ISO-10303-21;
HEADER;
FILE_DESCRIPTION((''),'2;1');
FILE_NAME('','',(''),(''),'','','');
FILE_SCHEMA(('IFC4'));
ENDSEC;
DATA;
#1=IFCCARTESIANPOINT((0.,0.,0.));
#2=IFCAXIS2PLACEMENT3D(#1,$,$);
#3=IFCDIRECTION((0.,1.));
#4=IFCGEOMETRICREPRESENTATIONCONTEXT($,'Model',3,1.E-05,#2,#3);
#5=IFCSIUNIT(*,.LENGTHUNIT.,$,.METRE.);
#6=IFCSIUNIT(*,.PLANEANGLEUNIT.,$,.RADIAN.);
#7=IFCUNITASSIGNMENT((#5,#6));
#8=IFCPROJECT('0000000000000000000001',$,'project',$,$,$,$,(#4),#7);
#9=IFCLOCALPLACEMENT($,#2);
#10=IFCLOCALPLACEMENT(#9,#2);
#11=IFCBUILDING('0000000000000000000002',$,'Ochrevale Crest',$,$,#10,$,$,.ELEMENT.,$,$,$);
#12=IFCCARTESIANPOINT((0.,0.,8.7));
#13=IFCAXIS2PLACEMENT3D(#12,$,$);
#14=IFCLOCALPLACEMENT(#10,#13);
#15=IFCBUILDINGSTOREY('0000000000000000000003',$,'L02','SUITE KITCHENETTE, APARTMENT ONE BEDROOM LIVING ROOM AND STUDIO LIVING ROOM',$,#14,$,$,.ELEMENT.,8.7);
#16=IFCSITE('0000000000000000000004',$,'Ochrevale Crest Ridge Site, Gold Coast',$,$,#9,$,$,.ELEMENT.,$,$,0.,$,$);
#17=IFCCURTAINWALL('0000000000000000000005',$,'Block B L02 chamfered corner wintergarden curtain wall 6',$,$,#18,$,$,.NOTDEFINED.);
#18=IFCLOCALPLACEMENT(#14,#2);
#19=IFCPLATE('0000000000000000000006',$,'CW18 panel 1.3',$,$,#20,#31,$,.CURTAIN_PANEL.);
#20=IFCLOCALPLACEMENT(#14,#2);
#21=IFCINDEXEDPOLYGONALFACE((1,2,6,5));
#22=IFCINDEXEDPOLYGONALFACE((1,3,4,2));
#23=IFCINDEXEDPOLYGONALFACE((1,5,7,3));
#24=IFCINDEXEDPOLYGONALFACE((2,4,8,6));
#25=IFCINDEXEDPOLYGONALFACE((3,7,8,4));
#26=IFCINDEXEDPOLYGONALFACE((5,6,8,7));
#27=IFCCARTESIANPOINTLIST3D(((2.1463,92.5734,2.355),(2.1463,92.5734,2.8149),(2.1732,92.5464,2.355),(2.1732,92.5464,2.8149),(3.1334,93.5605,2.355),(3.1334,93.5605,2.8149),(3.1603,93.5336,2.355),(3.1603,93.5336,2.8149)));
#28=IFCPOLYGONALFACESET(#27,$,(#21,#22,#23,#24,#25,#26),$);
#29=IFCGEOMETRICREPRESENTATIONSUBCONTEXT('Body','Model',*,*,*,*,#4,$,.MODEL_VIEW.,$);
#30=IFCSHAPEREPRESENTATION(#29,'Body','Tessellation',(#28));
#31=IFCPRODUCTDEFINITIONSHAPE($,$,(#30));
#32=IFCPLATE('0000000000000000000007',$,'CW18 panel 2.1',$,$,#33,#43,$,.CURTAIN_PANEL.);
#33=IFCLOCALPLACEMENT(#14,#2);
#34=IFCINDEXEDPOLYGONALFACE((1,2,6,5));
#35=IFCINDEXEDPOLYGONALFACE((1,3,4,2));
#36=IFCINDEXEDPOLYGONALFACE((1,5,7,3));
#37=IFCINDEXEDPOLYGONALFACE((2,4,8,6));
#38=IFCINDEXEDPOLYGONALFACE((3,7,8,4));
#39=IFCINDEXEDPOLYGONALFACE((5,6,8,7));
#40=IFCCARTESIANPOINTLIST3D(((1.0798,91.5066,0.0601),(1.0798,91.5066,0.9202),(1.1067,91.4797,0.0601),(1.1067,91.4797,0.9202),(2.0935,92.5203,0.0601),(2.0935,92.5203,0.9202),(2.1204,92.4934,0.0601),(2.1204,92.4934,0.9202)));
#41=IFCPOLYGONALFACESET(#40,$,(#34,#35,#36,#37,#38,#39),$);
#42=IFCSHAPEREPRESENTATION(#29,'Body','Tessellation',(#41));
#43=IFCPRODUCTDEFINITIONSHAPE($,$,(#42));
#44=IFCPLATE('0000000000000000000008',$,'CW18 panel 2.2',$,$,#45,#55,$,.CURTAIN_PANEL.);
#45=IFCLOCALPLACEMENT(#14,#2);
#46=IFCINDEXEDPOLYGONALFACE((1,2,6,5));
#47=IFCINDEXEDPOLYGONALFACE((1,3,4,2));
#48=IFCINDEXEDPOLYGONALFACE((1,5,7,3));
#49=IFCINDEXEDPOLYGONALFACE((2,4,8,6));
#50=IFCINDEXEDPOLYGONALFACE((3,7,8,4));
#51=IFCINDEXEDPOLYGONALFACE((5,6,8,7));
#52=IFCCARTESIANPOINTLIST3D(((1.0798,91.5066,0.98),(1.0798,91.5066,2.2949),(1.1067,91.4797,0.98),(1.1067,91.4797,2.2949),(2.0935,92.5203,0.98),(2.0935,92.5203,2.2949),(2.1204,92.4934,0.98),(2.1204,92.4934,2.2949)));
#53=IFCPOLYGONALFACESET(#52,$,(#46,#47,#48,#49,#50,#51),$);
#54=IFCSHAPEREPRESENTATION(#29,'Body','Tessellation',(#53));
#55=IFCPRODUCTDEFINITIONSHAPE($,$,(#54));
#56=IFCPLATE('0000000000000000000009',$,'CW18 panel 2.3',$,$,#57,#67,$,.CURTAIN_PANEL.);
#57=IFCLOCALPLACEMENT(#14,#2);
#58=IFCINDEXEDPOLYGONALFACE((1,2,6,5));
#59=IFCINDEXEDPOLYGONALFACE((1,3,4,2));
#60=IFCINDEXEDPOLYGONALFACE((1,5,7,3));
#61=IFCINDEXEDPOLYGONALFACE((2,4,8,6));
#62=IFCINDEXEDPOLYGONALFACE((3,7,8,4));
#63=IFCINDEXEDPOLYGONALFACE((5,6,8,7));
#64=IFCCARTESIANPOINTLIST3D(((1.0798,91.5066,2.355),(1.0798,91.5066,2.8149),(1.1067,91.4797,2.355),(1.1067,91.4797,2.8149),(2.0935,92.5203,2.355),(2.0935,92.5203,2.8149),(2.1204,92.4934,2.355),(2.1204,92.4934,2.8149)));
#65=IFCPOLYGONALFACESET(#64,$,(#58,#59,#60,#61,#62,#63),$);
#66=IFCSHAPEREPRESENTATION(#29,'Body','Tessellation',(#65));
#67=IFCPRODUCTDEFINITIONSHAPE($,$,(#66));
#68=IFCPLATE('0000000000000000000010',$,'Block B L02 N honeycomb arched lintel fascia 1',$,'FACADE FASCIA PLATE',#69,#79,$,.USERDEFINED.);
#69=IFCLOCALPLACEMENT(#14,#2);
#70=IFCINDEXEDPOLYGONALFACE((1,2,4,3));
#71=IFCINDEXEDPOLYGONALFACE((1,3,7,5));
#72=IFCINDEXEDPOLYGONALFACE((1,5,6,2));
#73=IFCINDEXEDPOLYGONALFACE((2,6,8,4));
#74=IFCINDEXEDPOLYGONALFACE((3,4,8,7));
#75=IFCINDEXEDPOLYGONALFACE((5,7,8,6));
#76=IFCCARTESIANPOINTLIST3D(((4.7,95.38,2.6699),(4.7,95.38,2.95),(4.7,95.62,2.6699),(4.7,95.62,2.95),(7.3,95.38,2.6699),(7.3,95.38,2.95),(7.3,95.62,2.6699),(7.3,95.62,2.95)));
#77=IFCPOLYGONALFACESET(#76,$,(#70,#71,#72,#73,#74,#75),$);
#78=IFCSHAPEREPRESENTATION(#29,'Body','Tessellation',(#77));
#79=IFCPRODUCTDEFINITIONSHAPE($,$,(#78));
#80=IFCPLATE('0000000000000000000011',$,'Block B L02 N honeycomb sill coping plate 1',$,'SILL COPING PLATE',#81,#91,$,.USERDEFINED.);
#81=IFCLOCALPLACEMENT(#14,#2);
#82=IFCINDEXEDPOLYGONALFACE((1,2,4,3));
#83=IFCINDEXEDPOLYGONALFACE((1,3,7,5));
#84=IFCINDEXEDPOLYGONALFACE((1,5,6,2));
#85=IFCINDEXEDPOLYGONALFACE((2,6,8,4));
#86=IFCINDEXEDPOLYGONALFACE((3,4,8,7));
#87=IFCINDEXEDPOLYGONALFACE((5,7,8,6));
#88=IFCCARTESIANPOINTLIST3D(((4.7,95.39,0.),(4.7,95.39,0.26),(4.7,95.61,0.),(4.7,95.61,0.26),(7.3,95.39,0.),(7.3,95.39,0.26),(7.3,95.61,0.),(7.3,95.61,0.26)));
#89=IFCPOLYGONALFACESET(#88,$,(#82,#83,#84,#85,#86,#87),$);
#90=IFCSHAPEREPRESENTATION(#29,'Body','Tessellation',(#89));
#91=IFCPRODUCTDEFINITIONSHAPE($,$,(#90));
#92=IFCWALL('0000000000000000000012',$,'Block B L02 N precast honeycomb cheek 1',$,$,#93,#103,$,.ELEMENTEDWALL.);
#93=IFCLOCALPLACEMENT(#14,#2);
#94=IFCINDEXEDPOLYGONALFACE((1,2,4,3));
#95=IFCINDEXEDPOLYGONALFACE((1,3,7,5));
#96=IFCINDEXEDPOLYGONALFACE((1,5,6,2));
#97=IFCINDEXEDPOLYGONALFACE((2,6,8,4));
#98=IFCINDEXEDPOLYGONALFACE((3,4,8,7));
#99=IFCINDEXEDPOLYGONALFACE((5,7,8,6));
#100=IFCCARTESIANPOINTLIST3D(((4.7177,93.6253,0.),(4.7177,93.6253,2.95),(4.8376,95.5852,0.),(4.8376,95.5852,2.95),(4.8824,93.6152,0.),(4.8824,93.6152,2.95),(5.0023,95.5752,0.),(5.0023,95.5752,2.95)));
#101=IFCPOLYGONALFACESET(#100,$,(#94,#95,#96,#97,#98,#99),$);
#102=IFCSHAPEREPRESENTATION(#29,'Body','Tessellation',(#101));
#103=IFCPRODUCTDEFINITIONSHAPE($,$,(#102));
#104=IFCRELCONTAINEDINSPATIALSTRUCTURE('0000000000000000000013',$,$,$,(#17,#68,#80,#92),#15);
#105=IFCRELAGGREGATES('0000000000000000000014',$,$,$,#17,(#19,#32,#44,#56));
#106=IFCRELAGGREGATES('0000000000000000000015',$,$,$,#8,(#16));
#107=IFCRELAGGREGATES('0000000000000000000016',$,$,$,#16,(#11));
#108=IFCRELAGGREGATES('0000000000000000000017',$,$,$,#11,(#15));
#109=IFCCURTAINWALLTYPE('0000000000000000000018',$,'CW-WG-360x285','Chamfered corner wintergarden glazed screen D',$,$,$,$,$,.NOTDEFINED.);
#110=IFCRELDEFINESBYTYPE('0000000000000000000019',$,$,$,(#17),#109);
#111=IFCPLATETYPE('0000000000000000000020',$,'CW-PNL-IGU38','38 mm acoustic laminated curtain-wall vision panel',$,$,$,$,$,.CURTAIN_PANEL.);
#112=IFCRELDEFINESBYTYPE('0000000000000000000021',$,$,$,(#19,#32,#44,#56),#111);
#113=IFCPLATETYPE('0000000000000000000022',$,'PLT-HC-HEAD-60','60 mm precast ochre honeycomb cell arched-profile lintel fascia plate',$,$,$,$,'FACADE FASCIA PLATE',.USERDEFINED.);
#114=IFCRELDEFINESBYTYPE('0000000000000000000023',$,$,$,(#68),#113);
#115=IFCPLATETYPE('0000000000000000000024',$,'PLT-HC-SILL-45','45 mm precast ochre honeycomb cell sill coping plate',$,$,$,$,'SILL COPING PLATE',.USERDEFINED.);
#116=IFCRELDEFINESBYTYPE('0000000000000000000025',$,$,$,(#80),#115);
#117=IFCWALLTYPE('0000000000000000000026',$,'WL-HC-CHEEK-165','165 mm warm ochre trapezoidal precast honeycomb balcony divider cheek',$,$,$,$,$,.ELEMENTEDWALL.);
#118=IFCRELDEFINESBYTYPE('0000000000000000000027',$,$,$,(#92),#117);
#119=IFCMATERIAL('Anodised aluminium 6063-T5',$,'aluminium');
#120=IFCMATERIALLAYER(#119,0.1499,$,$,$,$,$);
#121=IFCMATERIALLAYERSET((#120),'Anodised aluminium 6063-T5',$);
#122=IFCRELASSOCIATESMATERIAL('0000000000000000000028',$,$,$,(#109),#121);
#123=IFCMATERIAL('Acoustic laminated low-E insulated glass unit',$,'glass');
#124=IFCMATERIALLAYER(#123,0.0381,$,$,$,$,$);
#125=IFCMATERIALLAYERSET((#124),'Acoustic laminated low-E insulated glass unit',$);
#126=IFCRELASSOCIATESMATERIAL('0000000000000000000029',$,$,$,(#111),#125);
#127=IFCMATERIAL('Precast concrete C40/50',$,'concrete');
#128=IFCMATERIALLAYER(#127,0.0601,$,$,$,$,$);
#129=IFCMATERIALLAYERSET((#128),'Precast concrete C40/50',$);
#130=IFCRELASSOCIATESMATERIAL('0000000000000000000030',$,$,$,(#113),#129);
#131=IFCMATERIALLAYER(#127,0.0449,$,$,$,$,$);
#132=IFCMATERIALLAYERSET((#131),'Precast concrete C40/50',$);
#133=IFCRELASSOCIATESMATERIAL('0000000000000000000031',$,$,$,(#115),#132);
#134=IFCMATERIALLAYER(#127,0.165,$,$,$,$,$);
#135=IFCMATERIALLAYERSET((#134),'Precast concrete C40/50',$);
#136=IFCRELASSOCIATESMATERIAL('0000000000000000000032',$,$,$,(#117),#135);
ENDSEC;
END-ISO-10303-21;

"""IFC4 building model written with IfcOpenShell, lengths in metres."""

from ifc_helpers import new_model, si_unit, direction, frame, frame_2d, origin, origin_2d, place, context, subcontext, project, spatial, rectangle, extrude, material, layer, layer_set, type_object, element, aggregate, save


model = new_model("IFC4")

# Units and contexts
model_context = context("Model", 3, precision=1e-05, world=origin(), true_north=direction((0.0, 1.0)))
body_context = subcontext(model_context, "Body", "Model", "MODEL_VIEW")
ifc_project = project(units=[si_unit("LENGTHUNIT", "METRE"), si_unit("PLANEANGLEUNIT", "RADIAN")], contexts=[model_context])

# Site, building, storey
site_placement = place(None, origin())
site = spatial("IfcSite", under=ifc_project, at=site_placement, Name="Ochrevale Crest Ridge Site, Gold Coast", CompositionType="ELEMENT", RefElevation=0.0)
building_placement = place(site_placement, origin())
building = spatial("IfcBuilding", under=site, at=building_placement, Name="Ochrevale Crest", CompositionType="ELEMENT")
storey_placement = place(building_placement, frame((0.0, 0.0, 8.7)))
storey = spatial("IfcBuildingStorey", under=building, at=storey_placement, Name="L02", Description="SUITE KITCHENETTE, APARTMENT ONE BEDROOM LIVING ROOM AND STUDIO LIVING ROOM", CompositionType="ELEMENT", Elevation=8.7)

# Curtain wall, plates
ifc_material_1 = material(Name="Anodised aluminium 6063-T5", Category="aluminium")
ifc_layer_1 = layer(ifc_material_1, 0.1499)
ifc_layer_set_1 = layer_set([ifc_layer_1], Name="Anodised aluminium 6063-T5")
curtain_wall_type = type_object("IfcCurtainWallType", Name="CW-WG-360x285", Description="Chamfered corner wintergarden glazed screen D", PredefinedType="NOTDEFINED", material=ifc_layer_set_1)
curtain_wall_placement = place(storey_placement, origin())
curtain_wall = element("IfcCurtainWall", 1, at=curtain_wall_placement, inside=storey, type_object=curtain_wall_type, Name="Block B L02 chamfered corner wintergarden curtain wall 6", PredefinedType="NOTDEFINED")
ifc_material_2 = material(Name="Acoustic laminated low-E insulated glass unit", Category="glass")
ifc_layer_2 = layer(ifc_material_2, 0.0381)
ifc_layer_set_2 = layer_set([ifc_layer_2], Name="Acoustic laminated low-E insulated glass unit")
plate_type_1 = type_object("IfcPlateType", Name="CW-PNL-IGU38", Description="38 mm acoustic laminated curtain-wall vision panel", PredefinedType="CURTAIN_PANEL", material=ifc_layer_set_2)
plate_1_placement = place(storey_placement, frame((2.6533, 93.0535, 2.355), z_axis=(0.0, 0.0, 1.0), x_axis=(-0.707107, -0.707107, 0.0)))
plate_1 = element("IfcPlate", 2, at=plate_1_placement, type_object=plate_type_1, Name="CW18 panel 1.3", PredefinedType="CURTAIN_PANEL", context=body_context, shape_type="SweptSolid", body=[
    extrude(rectangle(XDim=1.396, YDim=0.0381, at=origin_2d()), origin(), (0.0, 0.0, 1.0), 0.46),
])
plate_2_placement = place(storey_placement, frame((1.6001, 92.0, 0.0601), z_axis=(0.0, 0.0, 1.0), x_axis=(-0.707107, -0.707107, 0.0)))
plate_2 = element("IfcPlate", 3, at=plate_2_placement, type_object=plate_type_1, Name="CW18 panel 2.1", PredefinedType="CURTAIN_PANEL", context=body_context, shape_type="SweptSolid", body=[
    extrude(rectangle(XDim=1.4336, YDim=0.0381, at=origin_2d()), origin(), (0.0, 0.0, 1.0), 0.8601),
])
plate_3_placement = place(storey_placement, frame((1.6001, 92.0, 0.98), z_axis=(0.0, 0.0, 1.0), x_axis=(-0.707107, -0.707107, 0.0)))
plate_3 = element("IfcPlate", 4, at=plate_3_placement, type_object=plate_type_1, Name="CW18 panel 2.2", PredefinedType="CURTAIN_PANEL", context=body_context, shape_type="SweptSolid", body=[
    extrude(rectangle(XDim=1.4336, YDim=0.0381, at=origin_2d()), origin(), (0.0, 0.0, 1.0), 1.3149),
])
plate_4_placement = place(storey_placement, frame((1.6001, 92.0, 2.355), z_axis=(0.0, 0.0, 1.0), x_axis=(-0.707107, -0.707107, 0.0)))
plate_4 = element("IfcPlate", 5, at=plate_4_placement, type_object=plate_type_1, Name="CW18 panel 2.3", PredefinedType="CURTAIN_PANEL", context=body_context, shape_type="SweptSolid", body=[
    extrude(rectangle(XDim=1.4336, YDim=0.0381, at=origin_2d()), origin(), (0.0, 0.0, 1.0), 0.46),
])
aggregate(curtain_wall, [plate_1, plate_2, plate_3, plate_4])

# Plates
ifc_material_3 = material(Name="Precast concrete C40/50", Category="concrete")
ifc_layer_3 = layer(ifc_material_3, 0.0601)
ifc_layer_set_3 = layer_set([ifc_layer_3], Name="Precast concrete C40/50")
plate_type_2 = type_object("IfcPlateType", Name="PLT-HC-HEAD-60", Description="60 mm precast ochre honeycomb cell arched-profile lintel fascia plate", ElementType="FACADE FASCIA PLATE", PredefinedType="USERDEFINED", material=ifc_layer_set_3)
plate_5_placement = place(storey_placement, frame((6.0, 95.5, 2.6699), z_axis=(0.0, 0.0, 1.0), x_axis=(1.0, 0.0, 0.0)))
element("IfcPlate", 6, at=plate_5_placement, inside=storey, type_object=plate_type_2, Name="Block B L02 N honeycomb arched lintel fascia 1", ObjectType="FACADE FASCIA PLATE", PredefinedType="USERDEFINED", context=body_context, shape_type="SweptSolid", body=[
    extrude(rectangle(XDim=2.6001, YDim=0.24, at=origin_2d()), origin(), (0.0, 0.0, 1.0), 0.28),
])
ifc_layer_4 = layer(ifc_material_3, 0.0449)
ifc_layer_set_4 = layer_set([ifc_layer_4], Name="Precast concrete C40/50")
plate_type_3 = type_object("IfcPlateType", Name="PLT-HC-SILL-45", Description="45 mm precast ochre honeycomb cell sill coping plate", ElementType="SILL COPING PLATE", PredefinedType="USERDEFINED", material=ifc_layer_set_4)
plate_6_placement = place(storey_placement, frame((6.0, 95.5, 0.0), z_axis=(0.0, 0.0, 1.0), x_axis=(1.0, 0.0, 0.0)))
element("IfcPlate", 7, at=plate_6_placement, inside=storey, type_object=plate_type_3, Name="Block B L02 N honeycomb sill coping plate 1", ObjectType="SILL COPING PLATE", PredefinedType="USERDEFINED", context=body_context, shape_type="SweptSolid", body=[
    extrude(rectangle(XDim=2.6001, YDim=0.22, at=origin_2d()), origin(), (0.0, 0.0, 1.0), 0.26),
])

# Wall
ifc_layer_5 = layer(ifc_material_3, 0.165)
ifc_layer_set_5 = layer_set([ifc_layer_5], Name="Precast concrete C40/50")
wall_type = type_object("IfcWallType", Name="WL-HC-CHEEK-165", Description="165 mm warm ochre trapezoidal precast honeycomb balcony divider cheek", PredefinedType="ELEMENTEDWALL", material=ifc_layer_set_5)
wall_placement = place(storey_placement, frame((4.8, 93.6201, 0.0), z_axis=(0.0, 0.0, 1.0), x_axis=(0.061047, 0.998135, 0.0)))
element("IfcWall", 8, at=wall_placement, inside=storey, type_object=wall_type, Name="Block B L02 N precast honeycomb cheek 1", PredefinedType="ELEMENTEDWALL", context=body_context, shape_type="SweptSolid", body=[
    extrude(rectangle(XDim=1.9636, YDim=0.165, at=frame_2d((0.9819, 0.0))), origin(), (0.0, 0.0, 1.0), 2.95),
])

save(model, "model.ifc")
